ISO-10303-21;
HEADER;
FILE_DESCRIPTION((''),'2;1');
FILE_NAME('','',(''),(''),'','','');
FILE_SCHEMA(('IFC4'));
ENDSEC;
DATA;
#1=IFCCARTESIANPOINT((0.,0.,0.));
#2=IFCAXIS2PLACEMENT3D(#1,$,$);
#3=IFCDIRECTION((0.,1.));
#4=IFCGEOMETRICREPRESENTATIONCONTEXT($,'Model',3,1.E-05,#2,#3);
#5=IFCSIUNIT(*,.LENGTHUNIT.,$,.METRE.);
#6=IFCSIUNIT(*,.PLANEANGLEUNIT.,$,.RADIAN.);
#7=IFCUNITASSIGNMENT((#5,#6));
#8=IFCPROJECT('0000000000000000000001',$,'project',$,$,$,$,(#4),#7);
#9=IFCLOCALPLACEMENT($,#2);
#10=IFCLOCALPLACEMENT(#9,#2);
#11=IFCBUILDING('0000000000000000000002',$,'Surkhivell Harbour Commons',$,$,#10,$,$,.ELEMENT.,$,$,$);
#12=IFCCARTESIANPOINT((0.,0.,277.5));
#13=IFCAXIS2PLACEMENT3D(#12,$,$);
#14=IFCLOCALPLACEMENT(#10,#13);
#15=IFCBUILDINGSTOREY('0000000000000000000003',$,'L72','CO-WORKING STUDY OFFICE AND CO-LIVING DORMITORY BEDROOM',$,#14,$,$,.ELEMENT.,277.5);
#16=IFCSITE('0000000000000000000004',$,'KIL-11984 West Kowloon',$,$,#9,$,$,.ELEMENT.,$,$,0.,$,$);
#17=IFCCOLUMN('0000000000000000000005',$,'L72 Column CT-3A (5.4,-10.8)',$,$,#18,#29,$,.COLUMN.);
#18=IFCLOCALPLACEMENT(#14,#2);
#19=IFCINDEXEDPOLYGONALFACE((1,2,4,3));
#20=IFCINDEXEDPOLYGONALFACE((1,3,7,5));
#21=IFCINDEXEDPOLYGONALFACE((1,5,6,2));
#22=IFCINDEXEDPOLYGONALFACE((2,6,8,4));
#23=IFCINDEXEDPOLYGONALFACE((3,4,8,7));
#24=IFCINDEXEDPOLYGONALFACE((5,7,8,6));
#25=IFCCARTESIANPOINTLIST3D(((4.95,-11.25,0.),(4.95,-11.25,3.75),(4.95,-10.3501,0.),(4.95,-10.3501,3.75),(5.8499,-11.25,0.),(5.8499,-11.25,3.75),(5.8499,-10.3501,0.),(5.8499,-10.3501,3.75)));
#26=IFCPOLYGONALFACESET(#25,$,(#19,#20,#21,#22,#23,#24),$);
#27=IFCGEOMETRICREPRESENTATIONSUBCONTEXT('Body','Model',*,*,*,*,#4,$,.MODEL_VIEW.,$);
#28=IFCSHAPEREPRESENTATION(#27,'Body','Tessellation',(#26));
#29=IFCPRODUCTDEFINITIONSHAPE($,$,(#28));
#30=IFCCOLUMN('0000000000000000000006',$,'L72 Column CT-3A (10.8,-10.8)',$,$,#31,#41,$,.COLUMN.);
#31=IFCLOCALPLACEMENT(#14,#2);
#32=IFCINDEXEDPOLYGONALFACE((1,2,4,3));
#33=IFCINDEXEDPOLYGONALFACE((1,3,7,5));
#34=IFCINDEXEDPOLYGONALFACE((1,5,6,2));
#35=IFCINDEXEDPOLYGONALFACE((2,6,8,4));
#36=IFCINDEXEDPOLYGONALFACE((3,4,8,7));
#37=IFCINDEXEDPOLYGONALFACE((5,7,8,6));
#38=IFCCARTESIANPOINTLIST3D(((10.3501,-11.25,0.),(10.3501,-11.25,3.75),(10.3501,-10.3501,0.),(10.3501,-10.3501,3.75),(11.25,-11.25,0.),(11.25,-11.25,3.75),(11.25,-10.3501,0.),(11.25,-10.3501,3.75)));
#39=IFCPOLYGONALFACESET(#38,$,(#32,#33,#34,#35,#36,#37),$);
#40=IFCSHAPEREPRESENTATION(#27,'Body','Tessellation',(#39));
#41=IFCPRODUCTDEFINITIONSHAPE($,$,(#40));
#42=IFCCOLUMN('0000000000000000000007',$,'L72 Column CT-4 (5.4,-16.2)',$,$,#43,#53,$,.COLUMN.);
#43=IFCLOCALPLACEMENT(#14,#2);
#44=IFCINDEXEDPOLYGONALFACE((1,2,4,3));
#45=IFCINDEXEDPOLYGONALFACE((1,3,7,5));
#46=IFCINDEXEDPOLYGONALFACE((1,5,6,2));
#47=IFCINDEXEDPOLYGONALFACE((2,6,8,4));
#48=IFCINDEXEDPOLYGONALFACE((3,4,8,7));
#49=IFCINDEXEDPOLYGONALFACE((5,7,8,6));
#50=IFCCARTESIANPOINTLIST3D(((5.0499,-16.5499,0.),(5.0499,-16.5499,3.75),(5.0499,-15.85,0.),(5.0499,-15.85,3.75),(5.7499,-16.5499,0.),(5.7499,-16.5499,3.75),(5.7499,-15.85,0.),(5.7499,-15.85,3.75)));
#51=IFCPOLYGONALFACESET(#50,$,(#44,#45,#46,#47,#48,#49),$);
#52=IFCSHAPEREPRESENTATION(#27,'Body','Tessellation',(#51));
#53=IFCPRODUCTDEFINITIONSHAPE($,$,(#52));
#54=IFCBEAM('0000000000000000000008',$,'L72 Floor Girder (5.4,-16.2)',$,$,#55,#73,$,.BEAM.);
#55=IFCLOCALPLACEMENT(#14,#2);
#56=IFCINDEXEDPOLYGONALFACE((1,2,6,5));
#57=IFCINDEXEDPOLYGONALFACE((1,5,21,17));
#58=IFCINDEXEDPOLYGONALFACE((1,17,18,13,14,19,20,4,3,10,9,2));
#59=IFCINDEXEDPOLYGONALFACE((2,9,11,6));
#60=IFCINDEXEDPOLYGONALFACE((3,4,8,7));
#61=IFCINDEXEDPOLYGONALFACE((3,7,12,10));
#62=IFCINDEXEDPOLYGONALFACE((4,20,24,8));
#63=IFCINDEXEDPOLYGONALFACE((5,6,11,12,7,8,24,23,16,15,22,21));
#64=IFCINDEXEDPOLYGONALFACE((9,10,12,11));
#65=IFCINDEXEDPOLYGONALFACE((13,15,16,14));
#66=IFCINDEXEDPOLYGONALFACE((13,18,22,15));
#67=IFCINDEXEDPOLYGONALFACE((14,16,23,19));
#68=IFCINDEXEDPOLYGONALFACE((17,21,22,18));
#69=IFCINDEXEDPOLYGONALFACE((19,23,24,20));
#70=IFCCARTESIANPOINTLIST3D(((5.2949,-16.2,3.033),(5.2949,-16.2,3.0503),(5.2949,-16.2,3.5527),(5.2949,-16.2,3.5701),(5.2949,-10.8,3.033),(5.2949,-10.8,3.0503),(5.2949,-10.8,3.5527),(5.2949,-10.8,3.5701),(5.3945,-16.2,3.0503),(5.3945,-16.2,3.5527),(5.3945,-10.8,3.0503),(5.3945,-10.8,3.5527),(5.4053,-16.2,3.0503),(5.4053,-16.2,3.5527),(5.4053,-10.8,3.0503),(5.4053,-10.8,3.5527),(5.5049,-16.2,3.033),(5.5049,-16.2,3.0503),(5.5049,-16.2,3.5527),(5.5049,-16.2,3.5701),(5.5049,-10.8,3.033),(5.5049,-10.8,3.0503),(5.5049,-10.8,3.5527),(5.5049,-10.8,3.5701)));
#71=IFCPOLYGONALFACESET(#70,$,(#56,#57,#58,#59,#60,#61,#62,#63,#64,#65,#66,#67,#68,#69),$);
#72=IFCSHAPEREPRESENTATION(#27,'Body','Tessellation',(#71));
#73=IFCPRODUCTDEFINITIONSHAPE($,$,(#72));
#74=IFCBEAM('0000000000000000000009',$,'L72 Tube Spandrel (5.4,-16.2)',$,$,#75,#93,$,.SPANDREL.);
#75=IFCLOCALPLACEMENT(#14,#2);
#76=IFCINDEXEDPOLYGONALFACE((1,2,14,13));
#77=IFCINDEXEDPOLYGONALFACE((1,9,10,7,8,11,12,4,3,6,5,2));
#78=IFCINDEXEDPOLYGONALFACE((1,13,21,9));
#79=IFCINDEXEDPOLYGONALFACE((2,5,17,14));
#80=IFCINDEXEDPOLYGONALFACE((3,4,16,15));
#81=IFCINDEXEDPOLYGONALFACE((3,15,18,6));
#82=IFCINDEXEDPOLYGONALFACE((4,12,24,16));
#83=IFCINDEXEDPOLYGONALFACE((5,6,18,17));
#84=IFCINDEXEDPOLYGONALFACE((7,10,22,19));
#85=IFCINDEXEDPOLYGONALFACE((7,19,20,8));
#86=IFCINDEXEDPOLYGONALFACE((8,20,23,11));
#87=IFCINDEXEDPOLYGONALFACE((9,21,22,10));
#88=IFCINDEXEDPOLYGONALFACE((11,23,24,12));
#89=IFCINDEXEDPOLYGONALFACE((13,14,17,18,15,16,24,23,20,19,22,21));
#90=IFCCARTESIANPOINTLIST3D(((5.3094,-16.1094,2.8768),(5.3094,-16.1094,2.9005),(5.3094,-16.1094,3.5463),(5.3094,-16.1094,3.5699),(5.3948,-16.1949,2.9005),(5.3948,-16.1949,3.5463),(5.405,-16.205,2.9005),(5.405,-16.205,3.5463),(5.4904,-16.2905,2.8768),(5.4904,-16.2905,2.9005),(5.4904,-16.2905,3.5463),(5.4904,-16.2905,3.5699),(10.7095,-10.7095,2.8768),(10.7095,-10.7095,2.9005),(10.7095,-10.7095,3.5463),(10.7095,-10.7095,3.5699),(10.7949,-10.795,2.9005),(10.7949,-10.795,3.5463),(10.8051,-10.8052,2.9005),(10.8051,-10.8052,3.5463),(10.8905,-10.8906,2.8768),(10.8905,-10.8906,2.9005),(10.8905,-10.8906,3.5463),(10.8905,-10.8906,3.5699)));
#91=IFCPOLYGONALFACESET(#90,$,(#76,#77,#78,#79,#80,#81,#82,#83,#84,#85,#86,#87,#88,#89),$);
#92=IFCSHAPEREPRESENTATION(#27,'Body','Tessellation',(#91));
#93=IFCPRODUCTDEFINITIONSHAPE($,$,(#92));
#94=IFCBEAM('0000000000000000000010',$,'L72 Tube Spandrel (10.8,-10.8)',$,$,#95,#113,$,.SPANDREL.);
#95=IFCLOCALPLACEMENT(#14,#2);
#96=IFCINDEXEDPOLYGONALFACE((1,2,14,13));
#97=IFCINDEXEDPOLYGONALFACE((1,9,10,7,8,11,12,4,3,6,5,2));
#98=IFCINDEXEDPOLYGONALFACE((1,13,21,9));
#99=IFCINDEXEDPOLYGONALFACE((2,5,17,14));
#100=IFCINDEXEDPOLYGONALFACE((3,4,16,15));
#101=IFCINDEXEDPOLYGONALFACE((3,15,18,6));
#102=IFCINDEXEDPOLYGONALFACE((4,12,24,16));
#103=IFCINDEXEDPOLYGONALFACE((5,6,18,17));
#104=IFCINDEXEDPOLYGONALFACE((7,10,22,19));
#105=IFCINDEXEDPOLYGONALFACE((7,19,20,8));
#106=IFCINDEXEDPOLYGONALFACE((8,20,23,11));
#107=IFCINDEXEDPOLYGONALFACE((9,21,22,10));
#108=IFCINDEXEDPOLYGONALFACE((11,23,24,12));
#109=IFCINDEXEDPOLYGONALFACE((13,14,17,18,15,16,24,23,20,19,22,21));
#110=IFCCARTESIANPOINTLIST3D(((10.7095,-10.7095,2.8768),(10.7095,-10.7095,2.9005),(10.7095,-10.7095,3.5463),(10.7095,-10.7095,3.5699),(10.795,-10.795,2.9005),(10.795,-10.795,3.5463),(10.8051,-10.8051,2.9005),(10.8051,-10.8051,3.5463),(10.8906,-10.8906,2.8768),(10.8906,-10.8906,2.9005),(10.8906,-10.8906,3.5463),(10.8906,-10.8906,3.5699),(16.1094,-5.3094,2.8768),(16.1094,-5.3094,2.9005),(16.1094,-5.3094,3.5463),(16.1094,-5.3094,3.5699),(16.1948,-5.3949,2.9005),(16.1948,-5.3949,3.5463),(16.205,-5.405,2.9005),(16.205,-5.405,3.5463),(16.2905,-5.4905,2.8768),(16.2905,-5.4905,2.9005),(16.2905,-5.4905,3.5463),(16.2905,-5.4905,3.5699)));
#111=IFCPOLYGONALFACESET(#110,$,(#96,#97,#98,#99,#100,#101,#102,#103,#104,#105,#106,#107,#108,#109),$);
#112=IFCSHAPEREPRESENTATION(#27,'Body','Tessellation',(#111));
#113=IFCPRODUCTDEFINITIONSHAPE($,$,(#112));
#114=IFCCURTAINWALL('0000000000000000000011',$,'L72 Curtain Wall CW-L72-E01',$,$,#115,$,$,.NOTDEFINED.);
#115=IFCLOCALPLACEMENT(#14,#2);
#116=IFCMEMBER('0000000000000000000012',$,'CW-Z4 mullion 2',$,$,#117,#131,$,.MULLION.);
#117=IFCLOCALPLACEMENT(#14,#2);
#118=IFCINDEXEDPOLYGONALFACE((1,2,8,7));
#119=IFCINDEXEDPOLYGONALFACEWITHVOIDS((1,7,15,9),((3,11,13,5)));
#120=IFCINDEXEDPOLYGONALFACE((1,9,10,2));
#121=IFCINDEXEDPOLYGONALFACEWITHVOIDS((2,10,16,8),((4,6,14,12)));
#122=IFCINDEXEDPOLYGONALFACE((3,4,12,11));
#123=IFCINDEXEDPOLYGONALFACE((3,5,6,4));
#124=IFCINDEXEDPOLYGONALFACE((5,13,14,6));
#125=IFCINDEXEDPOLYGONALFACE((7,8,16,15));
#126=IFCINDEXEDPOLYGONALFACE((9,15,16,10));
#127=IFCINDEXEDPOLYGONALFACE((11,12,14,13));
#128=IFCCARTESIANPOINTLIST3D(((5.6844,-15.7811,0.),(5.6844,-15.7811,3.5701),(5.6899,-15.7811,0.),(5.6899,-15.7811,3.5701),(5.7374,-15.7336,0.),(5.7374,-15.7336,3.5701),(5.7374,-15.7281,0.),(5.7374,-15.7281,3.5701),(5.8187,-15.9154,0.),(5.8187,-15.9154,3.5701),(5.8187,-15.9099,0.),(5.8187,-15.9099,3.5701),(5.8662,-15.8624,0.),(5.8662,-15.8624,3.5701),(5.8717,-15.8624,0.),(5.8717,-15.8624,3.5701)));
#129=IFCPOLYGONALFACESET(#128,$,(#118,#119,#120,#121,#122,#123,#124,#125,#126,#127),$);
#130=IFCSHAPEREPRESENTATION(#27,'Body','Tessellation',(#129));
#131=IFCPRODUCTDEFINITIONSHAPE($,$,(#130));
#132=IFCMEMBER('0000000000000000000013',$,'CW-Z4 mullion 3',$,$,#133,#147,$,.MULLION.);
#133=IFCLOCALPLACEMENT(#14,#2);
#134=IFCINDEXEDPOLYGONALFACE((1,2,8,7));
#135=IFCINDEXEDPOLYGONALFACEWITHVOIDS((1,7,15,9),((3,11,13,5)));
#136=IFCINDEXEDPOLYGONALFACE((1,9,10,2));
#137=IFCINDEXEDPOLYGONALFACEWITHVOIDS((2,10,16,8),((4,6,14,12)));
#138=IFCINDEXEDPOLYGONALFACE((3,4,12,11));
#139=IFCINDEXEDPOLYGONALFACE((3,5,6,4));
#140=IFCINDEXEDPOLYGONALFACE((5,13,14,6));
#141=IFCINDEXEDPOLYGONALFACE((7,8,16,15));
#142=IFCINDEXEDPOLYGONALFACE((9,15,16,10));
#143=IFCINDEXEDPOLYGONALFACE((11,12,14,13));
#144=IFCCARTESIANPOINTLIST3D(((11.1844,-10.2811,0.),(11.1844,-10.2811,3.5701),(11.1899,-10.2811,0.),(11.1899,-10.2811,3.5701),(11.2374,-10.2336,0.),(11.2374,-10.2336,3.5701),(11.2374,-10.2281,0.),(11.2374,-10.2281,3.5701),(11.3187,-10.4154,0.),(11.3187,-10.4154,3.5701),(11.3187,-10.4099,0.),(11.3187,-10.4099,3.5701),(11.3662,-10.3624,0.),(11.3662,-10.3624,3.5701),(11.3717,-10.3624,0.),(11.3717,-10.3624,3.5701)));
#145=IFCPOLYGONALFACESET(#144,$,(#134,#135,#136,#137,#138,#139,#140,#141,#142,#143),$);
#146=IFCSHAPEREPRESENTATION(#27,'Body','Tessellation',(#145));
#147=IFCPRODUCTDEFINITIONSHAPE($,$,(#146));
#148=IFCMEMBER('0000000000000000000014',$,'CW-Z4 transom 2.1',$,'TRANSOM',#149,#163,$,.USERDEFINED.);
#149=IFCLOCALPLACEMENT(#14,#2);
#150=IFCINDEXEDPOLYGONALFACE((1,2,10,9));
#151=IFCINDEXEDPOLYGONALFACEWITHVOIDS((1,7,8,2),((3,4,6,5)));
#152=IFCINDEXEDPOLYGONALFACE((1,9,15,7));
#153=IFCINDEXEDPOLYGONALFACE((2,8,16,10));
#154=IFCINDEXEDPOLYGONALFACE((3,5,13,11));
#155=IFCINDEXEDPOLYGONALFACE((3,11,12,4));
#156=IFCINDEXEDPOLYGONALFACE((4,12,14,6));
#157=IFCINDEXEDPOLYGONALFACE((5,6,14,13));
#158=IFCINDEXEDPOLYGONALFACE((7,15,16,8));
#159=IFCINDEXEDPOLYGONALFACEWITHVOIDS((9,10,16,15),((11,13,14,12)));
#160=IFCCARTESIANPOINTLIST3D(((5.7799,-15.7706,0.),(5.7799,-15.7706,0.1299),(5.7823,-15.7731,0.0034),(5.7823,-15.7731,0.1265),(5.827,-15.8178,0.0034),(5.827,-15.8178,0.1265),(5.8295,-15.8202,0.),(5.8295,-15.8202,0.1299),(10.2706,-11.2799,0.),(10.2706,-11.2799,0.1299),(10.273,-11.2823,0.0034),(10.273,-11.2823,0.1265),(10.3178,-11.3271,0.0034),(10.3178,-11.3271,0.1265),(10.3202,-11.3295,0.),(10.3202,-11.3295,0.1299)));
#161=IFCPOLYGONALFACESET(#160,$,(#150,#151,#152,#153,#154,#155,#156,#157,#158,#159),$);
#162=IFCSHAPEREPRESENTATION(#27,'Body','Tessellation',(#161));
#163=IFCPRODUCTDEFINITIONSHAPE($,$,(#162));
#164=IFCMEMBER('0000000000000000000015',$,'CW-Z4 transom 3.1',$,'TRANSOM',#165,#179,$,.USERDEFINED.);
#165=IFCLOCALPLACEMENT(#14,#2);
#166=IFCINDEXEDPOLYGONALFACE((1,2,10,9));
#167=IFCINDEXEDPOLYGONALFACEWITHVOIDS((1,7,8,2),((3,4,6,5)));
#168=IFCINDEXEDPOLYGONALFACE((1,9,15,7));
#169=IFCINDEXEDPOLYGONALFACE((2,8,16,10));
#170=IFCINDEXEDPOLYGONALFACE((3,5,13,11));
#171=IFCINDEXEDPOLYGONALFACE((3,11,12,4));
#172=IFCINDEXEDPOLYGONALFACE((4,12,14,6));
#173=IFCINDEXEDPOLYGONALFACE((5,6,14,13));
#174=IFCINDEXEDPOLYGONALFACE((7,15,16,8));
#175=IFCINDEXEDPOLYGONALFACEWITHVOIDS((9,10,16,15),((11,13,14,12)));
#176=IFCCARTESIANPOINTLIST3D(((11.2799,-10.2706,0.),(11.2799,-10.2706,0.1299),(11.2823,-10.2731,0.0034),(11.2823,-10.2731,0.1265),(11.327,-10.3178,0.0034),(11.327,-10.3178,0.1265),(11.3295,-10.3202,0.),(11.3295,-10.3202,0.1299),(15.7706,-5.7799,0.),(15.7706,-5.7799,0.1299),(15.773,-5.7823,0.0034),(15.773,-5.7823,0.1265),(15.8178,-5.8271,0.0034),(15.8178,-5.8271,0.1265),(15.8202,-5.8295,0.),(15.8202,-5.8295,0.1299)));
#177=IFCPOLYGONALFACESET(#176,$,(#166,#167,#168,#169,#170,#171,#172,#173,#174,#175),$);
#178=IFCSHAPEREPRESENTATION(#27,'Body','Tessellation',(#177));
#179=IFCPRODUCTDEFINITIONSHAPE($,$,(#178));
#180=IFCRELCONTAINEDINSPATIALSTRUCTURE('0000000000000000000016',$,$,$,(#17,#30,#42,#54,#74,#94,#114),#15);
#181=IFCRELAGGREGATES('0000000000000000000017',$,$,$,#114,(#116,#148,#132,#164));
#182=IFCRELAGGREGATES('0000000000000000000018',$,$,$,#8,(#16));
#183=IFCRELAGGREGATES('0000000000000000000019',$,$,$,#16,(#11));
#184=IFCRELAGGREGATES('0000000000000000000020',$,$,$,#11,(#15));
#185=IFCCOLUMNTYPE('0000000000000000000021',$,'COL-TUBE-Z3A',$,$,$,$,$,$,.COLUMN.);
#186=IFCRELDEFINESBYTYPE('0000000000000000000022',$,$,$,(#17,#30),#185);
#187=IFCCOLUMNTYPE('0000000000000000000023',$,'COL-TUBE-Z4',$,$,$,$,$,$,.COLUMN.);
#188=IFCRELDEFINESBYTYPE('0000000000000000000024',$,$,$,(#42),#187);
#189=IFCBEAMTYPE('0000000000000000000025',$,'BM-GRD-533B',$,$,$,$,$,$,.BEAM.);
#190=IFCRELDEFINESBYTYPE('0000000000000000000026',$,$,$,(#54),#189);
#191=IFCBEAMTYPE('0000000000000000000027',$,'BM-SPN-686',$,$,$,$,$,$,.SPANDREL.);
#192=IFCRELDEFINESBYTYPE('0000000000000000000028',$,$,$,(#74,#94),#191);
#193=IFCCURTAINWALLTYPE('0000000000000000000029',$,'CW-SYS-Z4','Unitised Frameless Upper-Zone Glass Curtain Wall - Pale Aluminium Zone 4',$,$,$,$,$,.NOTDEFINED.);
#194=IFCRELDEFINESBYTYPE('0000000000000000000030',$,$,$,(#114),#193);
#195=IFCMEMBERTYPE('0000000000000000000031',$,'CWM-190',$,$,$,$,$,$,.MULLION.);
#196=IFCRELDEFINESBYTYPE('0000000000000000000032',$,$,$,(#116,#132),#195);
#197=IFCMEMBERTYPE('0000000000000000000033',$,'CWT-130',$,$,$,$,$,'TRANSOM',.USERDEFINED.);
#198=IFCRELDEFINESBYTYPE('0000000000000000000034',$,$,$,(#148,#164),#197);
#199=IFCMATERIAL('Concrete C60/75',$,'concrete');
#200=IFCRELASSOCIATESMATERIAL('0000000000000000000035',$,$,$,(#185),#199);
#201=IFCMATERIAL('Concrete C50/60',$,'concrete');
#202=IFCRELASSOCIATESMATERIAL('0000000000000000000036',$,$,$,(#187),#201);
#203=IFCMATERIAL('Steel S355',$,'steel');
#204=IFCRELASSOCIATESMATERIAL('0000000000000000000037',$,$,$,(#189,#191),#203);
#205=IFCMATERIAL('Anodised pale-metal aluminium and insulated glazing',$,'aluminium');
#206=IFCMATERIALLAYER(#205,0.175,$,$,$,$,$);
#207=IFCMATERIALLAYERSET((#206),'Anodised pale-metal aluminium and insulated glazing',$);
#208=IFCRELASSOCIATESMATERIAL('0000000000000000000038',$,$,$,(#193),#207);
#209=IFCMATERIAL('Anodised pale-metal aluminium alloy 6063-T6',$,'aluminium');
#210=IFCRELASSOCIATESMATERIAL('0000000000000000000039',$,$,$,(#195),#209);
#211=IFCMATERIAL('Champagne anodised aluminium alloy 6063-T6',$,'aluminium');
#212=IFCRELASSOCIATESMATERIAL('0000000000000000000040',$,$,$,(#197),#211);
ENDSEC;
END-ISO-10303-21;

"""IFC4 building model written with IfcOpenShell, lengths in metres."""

from ifc_helpers import new_model, si_unit, direction, frame, origin, origin_2d, place, context, subcontext, project, spatial, rectangle, hollow_rectangle, i_section, extrude, material, layer, layer_set, material_profile, profile_set, type_object, element, aggregate, save


model = new_model("IFC4")

# Units and contexts
model_context = context("Model", 3, precision=1e-05, world=origin(), true_north=direction((0.0, 1.0)))
body_context = subcontext(model_context, "Body", "Model", "MODEL_VIEW")
ifc_project = project(units=[si_unit("LENGTHUNIT", "METRE"), si_unit("PLANEANGLEUNIT", "RADIAN")], contexts=[model_context])

# Site, building, storey
site_placement = place(None, origin())
site = spatial("IfcSite", under=ifc_project, at=site_placement, Name="KIL-11984 West Kowloon", CompositionType="ELEMENT", RefElevation=0.0)
building_placement = place(site_placement, origin())
building = spatial("IfcBuilding", under=site, at=building_placement, Name="Surkhivell Harbour Commons", CompositionType="ELEMENT")
storey_placement = place(building_placement, frame((0.0, 0.0, 277.5)))
storey = spatial("IfcBuildingStorey", under=building, at=storey_placement, Name="L72", Description="CO-WORKING STUDY OFFICE AND CO-LIVING DORMITORY BEDROOM", CompositionType="ELEMENT", Elevation=277.5)

# Columns
ifc_material_1 = material(Name="Concrete C60/75", Category="concrete")
ifc_material_profile_1 = material_profile(ifc_material_1, rectangle(XDim=0.8999, YDim=0.8999, at=origin_2d()), Name="RC-COL-900x900")
ifc_profile_set_1 = profile_set([ifc_material_profile_1], Name="Concrete C60/75")
column_type_1 = type_object("IfcColumnType", Name="COL-TUBE-Z3A", PredefinedType="COLUMN", material=ifc_profile_set_1)
for number, where, z_axis, x_axis, name in (
    (1, (5.3999, -10.8, 0.0), (0.0, 0.0, 1.0), (1.0, 0.0, 0.0), "L72 Column CT-3A (5.4,-10.8)"),
    (2, (10.8, -10.8, 0.0), (0.0, 0.0, 1.0), (1.0, 0.0, 0.0), "L72 Column CT-3A (10.8,-10.8)"),
):
    element("IfcColumn", number, at=place(storey_placement, frame(where, z_axis=z_axis, x_axis=x_axis)), inside=storey, type_object=column_type_1, Name=name, PredefinedType="COLUMN", context=body_context, shape_type="SweptSolid", body=[
        extrude(rectangle(XDim=0.8999, YDim=0.8999, at=origin_2d()), origin(), (0.0, 0.0, 1.0), 3.75),
    ])
ifc_material_2 = material(Name="Concrete C50/60", Category="concrete")
ifc_material_profile_2 = material_profile(ifc_material_2, rectangle(XDim=0.7, YDim=0.7, at=origin_2d()), Name="RC-COL-700x700")
ifc_profile_set_2 = profile_set([ifc_material_profile_2], Name="Concrete C50/60")
column_type_2 = type_object("IfcColumnType", Name="COL-TUBE-Z4", PredefinedType="COLUMN", material=ifc_profile_set_2)
column_placement = place(storey_placement, frame((5.3999, -16.2, 0.0), z_axis=(0.0, 0.0, 1.0), x_axis=(1.0, 0.0, 0.0)))
element("IfcColumn", 3, at=column_placement, inside=storey, type_object=column_type_2, Name="L72 Column CT-4 (5.4,-16.2)", PredefinedType="COLUMN", context=body_context, shape_type="SweptSolid", body=[
    extrude(rectangle(XDim=0.7, YDim=0.7, at=origin_2d()), origin(), (0.0, 0.0, 1.0), 3.75),
])

# Beams
ifc_material_3 = material(Name="Steel S355", Category="steel")
ifc_material_profile_3 = material_profile(ifc_material_3, i_section(OverallWidth=0.21, OverallDepth=0.5371, WebThickness=0.0107, FlangeThickness=0.0173, at=origin_2d()), Name="UB533x210x101")
ifc_profile_set_3 = profile_set([ifc_material_profile_3], Name="Steel S355")
beam_type_1 = type_object("IfcBeamType", Name="BM-GRD-533B", PredefinedType="BEAM", material=ifc_profile_set_3)
beam_placement = place(storey_placement, frame((5.3999, -16.2, 3.3015), z_axis=(0.0, 1.0, 0.0), x_axis=(-1.0, 0.0, 0.0)))
element("IfcBeam", 4, at=beam_placement, inside=storey, type_object=beam_type_1, Name="L72 Floor Girder (5.4,-16.2)", PredefinedType="BEAM", context=body_context, shape_type="SweptSolid", body=[
    extrude(i_section(OverallWidth=0.21, OverallDepth=0.5371, WebThickness=0.0107, FlangeThickness=0.0173, at=origin_2d()), origin(), (0.0, 0.0, 1.0), 5.3999),
])
ifc_material_profile_4 = material_profile(ifc_material_3, i_section(OverallWidth=0.2561, OverallDepth=0.6931, WebThickness=0.0144, FlangeThickness=0.0237, at=origin_2d()), Name="UB686x254x170")
ifc_profile_set_4 = profile_set([ifc_material_profile_4], Name="Steel S355")
beam_type_2 = type_object("IfcBeamType", Name="BM-SPN-686", PredefinedType="SPANDREL", material=ifc_profile_set_4)
for number, where, z_axis, x_axis, name in (
    (5, (5.3999, -16.2, 3.2234), (0.707123, 0.707091, 0.0), (-0.707091, 0.707123, 0.0), "L72 Tube Spandrel (5.4,-16.2)"),
    (6, (10.8, -10.8, 3.2234), (0.707091, 0.707123, 0.0), (-0.707123, 0.707091, 0.0), "L72 Tube Spandrel (10.8,-10.8)"),
):
    element("IfcBeam", number, at=place(storey_placement, frame(where, z_axis=z_axis, x_axis=x_axis)), inside=storey, type_object=beam_type_2, Name=name, PredefinedType="SPANDREL", context=body_context, shape_type="SweptSolid", body=[
        extrude(i_section(OverallWidth=0.2561, OverallDepth=0.6931, WebThickness=0.0144, FlangeThickness=0.0237, at=origin_2d()), origin(), (0.0, 0.0, 1.0), 7.6367),
    ])

# Curtain wall, members
ifc_material_4 = material(Name="Anodised pale-metal aluminium and insulated glazing", Category="aluminium")
ifc_layer_1 = layer(ifc_material_4, 0.175)
ifc_layer_set_1 = layer_set([ifc_layer_1], Name="Anodised pale-metal aluminium and insulated glazing")
curtain_wall_type = type_object("IfcCurtainWallType", Name="CW-SYS-Z4", Description="Unitised Frameless Upper-Zone Glass Curtain Wall - Pale Aluminium Zone 4", PredefinedType="NOTDEFINED", material=ifc_layer_set_1)
curtain_wall_placement = place(storey_placement, origin())
curtain_wall = element("IfcCurtainWall", 7, at=curtain_wall_placement, inside=storey, type_object=curtain_wall_type, Name="L72 Curtain Wall CW-L72-E01", PredefinedType="NOTDEFINED")
ifc_material_5 = material(Name="Anodised pale-metal aluminium alloy 6063-T6", Category="aluminium")
ifc_material_profile_5 = material_profile(ifc_material_5, hollow_rectangle(XDim=0.075, YDim=0.1899, WallThickness=0.0039, at=origin_2d()), Name="ALU-MULL-75x190")
ifc_profile_set_5 = profile_set([ifc_material_profile_5], Name="Anodised pale-metal aluminium alloy 6063-T6")
member_type_1 = type_object("IfcMemberType", Name="CWM-190", PredefinedType="MULLION", material=ifc_profile_set_5)
member_1_placement = place(storey_placement, frame((5.7781, -15.8218, 0.0), z_axis=(0.0, 0.0, 1.0), x_axis=(0.707107, 0.707107, 0.0)))
member_1 = element("IfcMember", 8, at=member_1_placement, type_object=member_type_1, Name="CW-Z4 mullion 2", PredefinedType="MULLION", context=body_context, shape_type="SweptSolid", body=[
    extrude(hollow_rectangle(XDim=0.075, YDim=0.1899, WallThickness=0.0039, at=origin_2d()), origin(), (0.0, 0.0, 1.0), 3.5701),
])
member_2_placement = place(storey_placement, frame((11.2781, -10.3218, 0.0), z_axis=(0.0, 0.0, 1.0), x_axis=(0.707107, 0.707107, 0.0)))
member_2 = element("IfcMember", 9, at=member_2_placement, type_object=member_type_1, Name="CW-Z4 mullion 3", PredefinedType="MULLION", context=body_context, shape_type="SweptSolid", body=[
    extrude(hollow_rectangle(XDim=0.075, YDim=0.1899, WallThickness=0.0039, at=origin_2d()), origin(), (0.0, 0.0, 1.0), 3.5701),
])
ifc_material_6 = material(Name="Champagne anodised aluminium alloy 6063-T6", Category="aluminium")
ifc_material_profile_6 = material_profile(ifc_material_6, hollow_rectangle(XDim=0.0701, YDim=0.1299, WallThickness=0.0034, at=origin_2d()), Name="ALU-TRAN-70x130")
ifc_profile_set_6 = profile_set([ifc_material_profile_6], Name="Champagne anodised aluminium alloy 6063-T6")
member_type_2 = type_object("IfcMemberType", Name="CWT-130", ElementType="TRANSOM", PredefinedType="USERDEFINED", material=ifc_profile_set_6)
member_3_placement = place(storey_placement, frame((5.8047, -15.7954, 0.0649), z_axis=(0.707107, 0.707107, 0.0), x_axis=(-0.707107, 0.707107, 0.0)))
member_3 = element("IfcMember", 10, at=member_3_placement, type_object=member_type_2, Name="CW-Z4 transom 2.1", ObjectType="TRANSOM", PredefinedType="USERDEFINED", context=body_context, shape_type="SweptSolid", body=[
    extrude(hollow_rectangle(XDim=0.0701, YDim=0.1299, WallThickness=0.0034, at=origin_2d()), origin(), (0.0, 0.0, 1.0), 6.3508),
])
member_4_placement = place(storey_placement, frame((11.3047, -10.2954, 0.0649), z_axis=(0.707107, 0.707107, 0.0), x_axis=(-0.707107, 0.707107, 0.0)))
member_4 = element("IfcMember", 11, at=member_4_placement, type_object=member_type_2, Name="CW-Z4 transom 3.1", ObjectType="TRANSOM", PredefinedType="USERDEFINED", context=body_context, shape_type="SweptSolid", body=[
    extrude(hollow_rectangle(XDim=0.0701, YDim=0.1299, WallThickness=0.0034, at=origin_2d()), origin(), (0.0, 0.0, 1.0), 6.3508),
])
aggregate(curtain_wall, [member_1, member_3, member_2, member_4])

save(model, "model.ifc")
